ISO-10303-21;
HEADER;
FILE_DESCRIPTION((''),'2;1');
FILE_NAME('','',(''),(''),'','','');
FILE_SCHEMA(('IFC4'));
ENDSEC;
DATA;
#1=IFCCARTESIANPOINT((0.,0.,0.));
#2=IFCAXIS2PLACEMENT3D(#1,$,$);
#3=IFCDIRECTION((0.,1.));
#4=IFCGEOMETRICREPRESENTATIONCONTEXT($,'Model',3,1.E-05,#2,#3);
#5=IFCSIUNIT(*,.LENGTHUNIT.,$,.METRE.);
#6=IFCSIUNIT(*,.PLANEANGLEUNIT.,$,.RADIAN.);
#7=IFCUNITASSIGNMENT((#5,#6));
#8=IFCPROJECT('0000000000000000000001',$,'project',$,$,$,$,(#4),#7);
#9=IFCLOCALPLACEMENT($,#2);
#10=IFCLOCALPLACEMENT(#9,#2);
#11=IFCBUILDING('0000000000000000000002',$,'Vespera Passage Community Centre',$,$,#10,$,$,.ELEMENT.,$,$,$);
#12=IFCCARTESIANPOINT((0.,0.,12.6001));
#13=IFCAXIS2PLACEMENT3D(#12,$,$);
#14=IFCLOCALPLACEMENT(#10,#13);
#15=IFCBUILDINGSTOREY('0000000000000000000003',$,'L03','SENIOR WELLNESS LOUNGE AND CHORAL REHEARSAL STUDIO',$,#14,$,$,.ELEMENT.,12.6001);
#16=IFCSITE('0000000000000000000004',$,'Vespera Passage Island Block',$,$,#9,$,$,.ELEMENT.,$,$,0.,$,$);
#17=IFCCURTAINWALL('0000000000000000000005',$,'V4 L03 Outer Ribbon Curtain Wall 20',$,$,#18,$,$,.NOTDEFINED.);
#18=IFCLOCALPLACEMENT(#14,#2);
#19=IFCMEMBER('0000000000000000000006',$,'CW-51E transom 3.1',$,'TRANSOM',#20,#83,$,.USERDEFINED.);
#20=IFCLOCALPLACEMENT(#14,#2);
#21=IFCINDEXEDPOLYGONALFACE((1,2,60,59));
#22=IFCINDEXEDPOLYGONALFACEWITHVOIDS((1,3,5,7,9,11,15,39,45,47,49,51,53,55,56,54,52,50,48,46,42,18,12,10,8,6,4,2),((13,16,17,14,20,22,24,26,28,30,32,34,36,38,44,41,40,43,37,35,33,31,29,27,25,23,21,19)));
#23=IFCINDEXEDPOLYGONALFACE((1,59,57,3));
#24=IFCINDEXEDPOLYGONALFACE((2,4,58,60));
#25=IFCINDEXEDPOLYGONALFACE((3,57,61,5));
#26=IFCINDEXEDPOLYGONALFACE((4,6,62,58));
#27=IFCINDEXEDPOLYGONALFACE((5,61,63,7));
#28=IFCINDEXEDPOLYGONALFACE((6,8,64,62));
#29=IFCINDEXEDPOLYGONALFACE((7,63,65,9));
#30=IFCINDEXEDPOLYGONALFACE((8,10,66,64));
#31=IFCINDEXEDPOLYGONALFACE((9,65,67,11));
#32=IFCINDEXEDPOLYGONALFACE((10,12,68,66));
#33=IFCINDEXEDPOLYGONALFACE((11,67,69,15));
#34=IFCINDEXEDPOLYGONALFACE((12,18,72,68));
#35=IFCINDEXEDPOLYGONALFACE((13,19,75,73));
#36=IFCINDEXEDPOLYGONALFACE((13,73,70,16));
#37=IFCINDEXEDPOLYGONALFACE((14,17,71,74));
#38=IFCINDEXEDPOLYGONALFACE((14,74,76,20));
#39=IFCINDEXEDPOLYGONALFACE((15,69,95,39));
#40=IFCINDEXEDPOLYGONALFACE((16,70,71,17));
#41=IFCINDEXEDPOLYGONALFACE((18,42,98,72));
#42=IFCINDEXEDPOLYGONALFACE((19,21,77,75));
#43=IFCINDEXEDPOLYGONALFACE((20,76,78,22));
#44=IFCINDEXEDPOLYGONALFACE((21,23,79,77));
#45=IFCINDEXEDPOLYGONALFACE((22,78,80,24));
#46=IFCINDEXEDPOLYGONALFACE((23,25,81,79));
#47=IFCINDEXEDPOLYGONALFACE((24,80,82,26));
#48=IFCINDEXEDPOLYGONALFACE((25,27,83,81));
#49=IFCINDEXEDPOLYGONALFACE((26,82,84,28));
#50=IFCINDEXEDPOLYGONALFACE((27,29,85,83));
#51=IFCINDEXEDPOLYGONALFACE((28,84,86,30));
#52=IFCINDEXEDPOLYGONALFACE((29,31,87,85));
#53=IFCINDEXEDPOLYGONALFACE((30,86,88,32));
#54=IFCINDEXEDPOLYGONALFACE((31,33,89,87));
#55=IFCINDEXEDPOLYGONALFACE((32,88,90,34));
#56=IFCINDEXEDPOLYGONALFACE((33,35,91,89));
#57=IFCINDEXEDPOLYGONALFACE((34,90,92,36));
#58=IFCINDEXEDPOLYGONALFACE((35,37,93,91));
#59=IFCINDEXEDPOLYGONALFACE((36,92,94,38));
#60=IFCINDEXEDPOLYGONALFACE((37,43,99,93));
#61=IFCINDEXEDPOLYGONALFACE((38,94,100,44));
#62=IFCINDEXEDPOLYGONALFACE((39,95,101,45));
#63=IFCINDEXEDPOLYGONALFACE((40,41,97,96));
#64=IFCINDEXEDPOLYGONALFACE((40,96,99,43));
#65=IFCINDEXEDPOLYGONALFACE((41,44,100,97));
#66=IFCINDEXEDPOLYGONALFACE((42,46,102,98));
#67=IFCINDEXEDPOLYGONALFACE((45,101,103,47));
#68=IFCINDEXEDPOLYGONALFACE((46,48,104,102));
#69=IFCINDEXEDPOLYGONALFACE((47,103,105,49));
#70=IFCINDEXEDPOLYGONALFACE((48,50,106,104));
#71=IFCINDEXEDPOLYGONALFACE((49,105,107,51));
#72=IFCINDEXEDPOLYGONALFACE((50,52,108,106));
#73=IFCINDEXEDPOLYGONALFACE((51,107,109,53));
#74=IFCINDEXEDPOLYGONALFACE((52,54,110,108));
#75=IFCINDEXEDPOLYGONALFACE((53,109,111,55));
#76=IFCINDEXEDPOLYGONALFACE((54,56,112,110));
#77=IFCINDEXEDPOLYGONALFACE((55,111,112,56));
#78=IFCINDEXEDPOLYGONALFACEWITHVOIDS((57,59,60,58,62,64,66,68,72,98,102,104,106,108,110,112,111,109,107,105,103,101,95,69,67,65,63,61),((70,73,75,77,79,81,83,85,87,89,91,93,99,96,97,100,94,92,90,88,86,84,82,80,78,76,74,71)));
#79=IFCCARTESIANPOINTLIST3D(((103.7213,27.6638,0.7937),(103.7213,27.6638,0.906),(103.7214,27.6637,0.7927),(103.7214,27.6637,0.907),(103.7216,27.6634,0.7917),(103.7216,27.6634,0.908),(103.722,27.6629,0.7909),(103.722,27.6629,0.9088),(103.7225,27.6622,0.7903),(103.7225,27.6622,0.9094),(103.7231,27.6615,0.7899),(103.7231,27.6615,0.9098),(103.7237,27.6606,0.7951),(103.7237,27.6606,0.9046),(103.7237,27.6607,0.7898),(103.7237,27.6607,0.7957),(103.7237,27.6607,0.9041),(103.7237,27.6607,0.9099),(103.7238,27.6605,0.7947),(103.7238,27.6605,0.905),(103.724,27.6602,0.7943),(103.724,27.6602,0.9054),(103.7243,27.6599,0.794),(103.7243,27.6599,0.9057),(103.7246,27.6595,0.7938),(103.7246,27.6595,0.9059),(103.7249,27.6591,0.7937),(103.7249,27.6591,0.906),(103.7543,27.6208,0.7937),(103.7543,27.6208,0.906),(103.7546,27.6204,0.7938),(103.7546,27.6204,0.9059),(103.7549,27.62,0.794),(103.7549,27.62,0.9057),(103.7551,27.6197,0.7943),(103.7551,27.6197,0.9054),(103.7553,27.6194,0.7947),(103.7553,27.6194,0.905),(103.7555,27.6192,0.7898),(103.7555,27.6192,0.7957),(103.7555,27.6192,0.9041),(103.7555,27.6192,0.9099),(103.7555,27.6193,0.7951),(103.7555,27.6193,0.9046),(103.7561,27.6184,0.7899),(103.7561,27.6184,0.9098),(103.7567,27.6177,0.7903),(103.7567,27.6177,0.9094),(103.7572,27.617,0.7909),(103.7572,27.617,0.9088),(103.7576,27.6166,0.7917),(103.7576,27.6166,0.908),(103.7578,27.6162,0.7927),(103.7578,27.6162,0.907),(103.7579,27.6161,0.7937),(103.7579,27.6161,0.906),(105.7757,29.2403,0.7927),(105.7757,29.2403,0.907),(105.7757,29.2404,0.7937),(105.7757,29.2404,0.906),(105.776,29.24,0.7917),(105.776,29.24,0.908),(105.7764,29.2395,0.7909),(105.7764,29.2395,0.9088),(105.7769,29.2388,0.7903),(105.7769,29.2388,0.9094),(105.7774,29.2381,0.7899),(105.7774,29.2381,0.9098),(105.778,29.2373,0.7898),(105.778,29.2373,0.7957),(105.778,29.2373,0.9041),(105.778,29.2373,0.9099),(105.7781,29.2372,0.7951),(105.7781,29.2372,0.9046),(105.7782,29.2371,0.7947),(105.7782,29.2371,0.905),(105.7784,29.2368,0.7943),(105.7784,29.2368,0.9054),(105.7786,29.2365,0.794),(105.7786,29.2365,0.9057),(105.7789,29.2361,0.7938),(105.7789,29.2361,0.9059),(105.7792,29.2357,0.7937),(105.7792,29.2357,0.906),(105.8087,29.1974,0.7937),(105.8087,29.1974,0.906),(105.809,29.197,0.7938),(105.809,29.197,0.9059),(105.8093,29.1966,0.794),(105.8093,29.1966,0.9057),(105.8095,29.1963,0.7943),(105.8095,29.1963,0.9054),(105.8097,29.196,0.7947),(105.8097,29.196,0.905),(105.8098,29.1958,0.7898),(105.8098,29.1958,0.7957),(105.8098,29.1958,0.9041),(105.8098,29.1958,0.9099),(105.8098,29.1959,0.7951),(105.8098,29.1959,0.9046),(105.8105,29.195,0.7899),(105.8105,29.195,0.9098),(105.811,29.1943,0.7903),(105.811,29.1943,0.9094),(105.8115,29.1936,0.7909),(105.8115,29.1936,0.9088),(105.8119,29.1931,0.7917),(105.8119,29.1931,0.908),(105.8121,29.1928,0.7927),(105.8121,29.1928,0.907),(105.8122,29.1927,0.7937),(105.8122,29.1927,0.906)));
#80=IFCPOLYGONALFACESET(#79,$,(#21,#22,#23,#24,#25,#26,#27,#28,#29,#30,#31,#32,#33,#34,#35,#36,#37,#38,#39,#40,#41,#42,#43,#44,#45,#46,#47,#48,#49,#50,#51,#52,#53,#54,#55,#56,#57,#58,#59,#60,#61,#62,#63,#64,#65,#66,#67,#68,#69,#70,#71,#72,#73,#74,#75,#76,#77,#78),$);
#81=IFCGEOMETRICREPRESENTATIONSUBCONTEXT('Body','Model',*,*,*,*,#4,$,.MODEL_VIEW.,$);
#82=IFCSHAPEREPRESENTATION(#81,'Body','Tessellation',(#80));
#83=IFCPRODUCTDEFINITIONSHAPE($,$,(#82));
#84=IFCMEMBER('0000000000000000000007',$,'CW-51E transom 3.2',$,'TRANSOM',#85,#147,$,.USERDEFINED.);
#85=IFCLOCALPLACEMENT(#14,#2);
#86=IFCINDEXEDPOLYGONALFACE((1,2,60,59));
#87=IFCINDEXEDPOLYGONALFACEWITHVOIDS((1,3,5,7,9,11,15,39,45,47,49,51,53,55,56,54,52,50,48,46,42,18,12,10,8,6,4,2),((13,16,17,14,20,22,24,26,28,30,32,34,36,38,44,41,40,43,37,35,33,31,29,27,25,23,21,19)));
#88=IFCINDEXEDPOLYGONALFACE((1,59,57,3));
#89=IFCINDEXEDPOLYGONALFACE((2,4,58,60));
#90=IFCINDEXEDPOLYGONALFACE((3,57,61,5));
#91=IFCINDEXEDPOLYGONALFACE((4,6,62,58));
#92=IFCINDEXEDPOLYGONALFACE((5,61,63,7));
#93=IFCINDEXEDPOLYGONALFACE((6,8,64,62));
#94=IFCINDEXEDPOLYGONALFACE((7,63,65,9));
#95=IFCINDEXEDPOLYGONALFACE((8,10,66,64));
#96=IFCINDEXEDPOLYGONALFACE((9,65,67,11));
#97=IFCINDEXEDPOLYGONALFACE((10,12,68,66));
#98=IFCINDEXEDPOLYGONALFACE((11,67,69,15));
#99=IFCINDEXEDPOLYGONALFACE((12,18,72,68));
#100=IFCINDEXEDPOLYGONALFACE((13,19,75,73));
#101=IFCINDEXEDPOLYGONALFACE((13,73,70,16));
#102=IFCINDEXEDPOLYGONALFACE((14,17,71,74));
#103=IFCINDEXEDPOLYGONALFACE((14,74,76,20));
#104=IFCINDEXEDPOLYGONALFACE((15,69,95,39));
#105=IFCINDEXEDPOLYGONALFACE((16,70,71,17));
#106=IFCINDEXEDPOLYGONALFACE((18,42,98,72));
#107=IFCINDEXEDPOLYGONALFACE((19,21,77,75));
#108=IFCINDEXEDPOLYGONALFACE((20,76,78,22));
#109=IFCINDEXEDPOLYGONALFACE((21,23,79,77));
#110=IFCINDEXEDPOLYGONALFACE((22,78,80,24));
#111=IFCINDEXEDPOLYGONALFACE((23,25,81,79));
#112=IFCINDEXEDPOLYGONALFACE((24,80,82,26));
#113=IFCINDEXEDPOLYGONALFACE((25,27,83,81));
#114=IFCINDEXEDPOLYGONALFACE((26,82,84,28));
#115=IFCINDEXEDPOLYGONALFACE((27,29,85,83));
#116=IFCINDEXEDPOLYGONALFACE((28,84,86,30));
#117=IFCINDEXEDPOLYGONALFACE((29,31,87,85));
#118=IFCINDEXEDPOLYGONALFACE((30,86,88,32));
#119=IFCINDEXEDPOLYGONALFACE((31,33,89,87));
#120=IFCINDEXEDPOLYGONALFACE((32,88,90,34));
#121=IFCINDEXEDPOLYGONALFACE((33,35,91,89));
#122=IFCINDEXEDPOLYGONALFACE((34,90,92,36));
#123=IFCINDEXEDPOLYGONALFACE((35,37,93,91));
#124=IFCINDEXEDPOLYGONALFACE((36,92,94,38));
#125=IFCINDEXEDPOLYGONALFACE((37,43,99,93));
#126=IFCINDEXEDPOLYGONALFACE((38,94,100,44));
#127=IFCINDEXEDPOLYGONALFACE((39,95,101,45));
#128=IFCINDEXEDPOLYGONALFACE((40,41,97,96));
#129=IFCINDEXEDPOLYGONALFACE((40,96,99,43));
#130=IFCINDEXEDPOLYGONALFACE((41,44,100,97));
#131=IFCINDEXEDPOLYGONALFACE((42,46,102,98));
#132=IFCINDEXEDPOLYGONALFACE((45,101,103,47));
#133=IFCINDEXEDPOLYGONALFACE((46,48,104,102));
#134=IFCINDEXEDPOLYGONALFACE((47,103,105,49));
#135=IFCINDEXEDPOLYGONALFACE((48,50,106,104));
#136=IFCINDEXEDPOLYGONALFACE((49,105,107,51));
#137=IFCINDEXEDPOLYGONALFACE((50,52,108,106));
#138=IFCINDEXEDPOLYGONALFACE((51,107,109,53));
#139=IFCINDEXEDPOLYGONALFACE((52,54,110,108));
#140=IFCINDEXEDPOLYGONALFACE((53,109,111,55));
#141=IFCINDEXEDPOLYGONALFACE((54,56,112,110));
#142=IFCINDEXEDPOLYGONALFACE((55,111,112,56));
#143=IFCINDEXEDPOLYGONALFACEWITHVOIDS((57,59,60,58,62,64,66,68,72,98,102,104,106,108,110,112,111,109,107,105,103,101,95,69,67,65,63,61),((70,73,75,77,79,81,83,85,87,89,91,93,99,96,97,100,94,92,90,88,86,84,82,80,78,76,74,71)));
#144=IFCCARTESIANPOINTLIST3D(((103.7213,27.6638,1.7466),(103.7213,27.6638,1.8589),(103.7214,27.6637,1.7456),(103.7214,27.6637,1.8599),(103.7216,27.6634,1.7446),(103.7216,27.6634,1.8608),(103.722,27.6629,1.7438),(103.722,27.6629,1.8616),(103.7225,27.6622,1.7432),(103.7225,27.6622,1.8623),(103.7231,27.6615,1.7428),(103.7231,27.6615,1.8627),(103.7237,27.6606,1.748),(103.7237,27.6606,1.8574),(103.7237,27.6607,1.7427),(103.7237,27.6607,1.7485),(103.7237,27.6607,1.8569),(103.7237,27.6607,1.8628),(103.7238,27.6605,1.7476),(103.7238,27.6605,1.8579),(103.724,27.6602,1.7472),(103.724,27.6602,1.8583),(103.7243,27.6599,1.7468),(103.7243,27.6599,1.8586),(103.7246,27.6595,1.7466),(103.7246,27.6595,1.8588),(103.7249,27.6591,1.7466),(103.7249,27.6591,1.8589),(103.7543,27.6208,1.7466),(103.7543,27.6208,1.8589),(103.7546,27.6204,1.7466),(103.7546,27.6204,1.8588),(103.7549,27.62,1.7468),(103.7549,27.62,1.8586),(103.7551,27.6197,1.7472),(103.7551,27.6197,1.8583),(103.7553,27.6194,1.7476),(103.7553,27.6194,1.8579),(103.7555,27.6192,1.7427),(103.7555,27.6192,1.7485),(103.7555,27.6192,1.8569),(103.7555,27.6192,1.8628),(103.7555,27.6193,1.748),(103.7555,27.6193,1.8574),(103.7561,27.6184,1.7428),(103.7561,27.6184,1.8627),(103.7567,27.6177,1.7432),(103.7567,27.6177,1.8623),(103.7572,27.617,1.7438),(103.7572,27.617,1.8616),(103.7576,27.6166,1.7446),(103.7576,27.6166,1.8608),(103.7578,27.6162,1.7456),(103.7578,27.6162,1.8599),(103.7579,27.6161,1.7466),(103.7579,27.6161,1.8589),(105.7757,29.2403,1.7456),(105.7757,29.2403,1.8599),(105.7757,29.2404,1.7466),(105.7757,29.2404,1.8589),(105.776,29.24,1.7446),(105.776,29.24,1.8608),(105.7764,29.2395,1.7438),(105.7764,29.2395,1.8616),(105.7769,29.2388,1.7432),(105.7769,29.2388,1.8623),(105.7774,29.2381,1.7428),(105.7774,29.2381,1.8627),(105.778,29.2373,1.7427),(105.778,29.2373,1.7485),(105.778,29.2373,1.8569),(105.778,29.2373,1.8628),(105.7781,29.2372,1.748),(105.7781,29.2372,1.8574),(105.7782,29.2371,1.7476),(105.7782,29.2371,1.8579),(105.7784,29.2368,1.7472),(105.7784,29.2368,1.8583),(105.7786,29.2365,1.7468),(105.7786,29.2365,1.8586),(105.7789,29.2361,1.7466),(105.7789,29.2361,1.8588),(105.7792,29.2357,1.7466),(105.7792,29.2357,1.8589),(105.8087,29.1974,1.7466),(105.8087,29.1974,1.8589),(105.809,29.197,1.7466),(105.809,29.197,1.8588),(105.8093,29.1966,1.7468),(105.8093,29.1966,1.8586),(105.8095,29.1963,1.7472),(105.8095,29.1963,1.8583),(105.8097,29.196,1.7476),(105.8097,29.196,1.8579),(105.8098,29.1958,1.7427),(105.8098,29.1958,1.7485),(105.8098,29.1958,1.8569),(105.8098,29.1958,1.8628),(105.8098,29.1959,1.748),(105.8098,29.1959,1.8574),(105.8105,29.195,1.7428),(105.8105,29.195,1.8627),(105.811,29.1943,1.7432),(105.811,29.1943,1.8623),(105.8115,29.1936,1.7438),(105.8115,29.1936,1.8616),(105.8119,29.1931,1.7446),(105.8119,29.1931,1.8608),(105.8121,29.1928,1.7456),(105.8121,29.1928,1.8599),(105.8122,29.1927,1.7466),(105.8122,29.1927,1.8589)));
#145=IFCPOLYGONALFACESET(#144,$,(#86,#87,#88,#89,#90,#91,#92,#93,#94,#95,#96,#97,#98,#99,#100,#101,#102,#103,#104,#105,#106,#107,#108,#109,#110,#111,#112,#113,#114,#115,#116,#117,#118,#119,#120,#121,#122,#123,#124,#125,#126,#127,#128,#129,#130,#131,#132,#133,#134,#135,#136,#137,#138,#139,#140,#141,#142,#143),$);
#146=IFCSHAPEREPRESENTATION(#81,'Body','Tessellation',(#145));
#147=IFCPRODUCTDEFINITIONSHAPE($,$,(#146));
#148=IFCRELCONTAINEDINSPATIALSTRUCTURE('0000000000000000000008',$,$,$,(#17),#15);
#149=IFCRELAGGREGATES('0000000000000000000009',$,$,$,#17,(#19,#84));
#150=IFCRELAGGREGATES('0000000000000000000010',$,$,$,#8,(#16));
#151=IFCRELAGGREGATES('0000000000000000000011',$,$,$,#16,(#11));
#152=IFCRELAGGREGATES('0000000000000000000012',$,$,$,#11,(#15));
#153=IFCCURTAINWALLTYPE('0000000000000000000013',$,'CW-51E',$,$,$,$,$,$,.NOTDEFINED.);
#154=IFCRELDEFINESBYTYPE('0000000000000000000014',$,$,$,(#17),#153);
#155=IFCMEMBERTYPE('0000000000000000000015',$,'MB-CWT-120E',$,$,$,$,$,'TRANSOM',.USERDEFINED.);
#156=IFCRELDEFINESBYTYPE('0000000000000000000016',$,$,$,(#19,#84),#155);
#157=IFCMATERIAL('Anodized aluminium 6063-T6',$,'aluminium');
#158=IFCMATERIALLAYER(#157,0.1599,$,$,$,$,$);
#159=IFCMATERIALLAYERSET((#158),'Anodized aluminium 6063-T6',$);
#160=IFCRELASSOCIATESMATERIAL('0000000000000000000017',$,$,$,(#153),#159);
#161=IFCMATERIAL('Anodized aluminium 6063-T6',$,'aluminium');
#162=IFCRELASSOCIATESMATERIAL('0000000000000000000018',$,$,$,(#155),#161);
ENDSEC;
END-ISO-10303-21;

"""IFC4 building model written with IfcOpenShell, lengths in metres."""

from ifc_helpers import new_model, si_unit, direction, frame, origin, origin_2d, place, context, subcontext, project, spatial, hollow_rectangle, extrude, material, layer, layer_set, material_profile, profile_set, type_object, element, aggregate, save


model = new_model("IFC4")

# Units and contexts
model_context = context("Model", 3, precision=1e-05, world=origin(), true_north=direction((0.0, 1.0)))
body_context = subcontext(model_context, "Body", "Model", "MODEL_VIEW")
ifc_project = project(units=[si_unit("LENGTHUNIT", "METRE"), si_unit("PLANEANGLEUNIT", "RADIAN")], contexts=[model_context])

# Site, building, storey
site_placement = place(None, origin())
site = spatial("IfcSite", under=ifc_project, at=site_placement, Name="Vespera Passage Island Block", CompositionType="ELEMENT", RefElevation=0.0)
building_placement = place(site_placement, origin())
building = spatial("IfcBuilding", under=site, at=building_placement, Name="Vespera Passage Community Centre", CompositionType="ELEMENT")
storey_placement = place(building_placement, frame((0.0, 0.0, 12.6001)))
storey = spatial("IfcBuildingStorey", under=building, at=storey_placement, Name="L03", Description="SENIOR WELLNESS LOUNGE AND CHORAL REHEARSAL STUDIO", CompositionType="ELEMENT", Elevation=12.6001)

# Curtain wall, members
ifc_material_1 = material(Name="Anodized aluminium 6063-T6", Category="aluminium")
ifc_layer_1 = layer(ifc_material_1, 0.1599)
ifc_layer_set_1 = layer_set([ifc_layer_1], Name="Anodized aluminium 6063-T6")
curtain_wall_type = type_object("IfcCurtainWallType", Name="CW-51E", PredefinedType="NOTDEFINED", material=ifc_layer_set_1)
curtain_wall_placement = place(storey_placement, origin())
curtain_wall = element("IfcCurtainWall", 1, at=curtain_wall_placement, inside=storey, type_object=curtain_wall_type, Name="V4 L03 Outer Ribbon Curtain Wall 20", PredefinedType="NOTDEFINED")
ifc_material_2 = material(Name="Anodized aluminium 6063-T6", Category="aluminium")
ifc_material_profile_1 = material_profile(ifc_material_2, hollow_rectangle(XDim=0.0601, YDim=0.1201, WallThickness=0.0039, InnerFilletRadius=0.002, OuterFilletRadius=0.0039, at=origin_2d()), Name="ALU120X60X4")
ifc_profile_set_1 = profile_set([ifc_material_profile_1], Name="Anodized aluminium 6063-T6")
member_type_1 = type_object("IfcMemberType", Name="MB-CWT-120E", ElementType="TRANSOM", PredefinedType="USERDEFINED", material=ifc_profile_set_1)
member_1_placement = place(storey_placement, frame((105.7939, 29.2166, 0.8499), z_axis=(-0.79331, -0.608817, 0.0), x_axis=(0.608817, -0.79331, 0.0)))
member_1 = element("IfcMember", 2, at=member_1_placement, type_object=member_type_1, Name="CW-51E transom 3.1", ObjectType="TRANSOM", PredefinedType="USERDEFINED", context=body_context, shape_type="SweptSolid", body=[
    extrude(hollow_rectangle(XDim=0.0601, YDim=0.1201, WallThickness=0.0039, InnerFilletRadius=0.002, OuterFilletRadius=0.0039, at=origin_2d()), origin(), (0.0, 0.0, 1.0), 2.5896),
])
member_2_placement = place(storey_placement, frame((105.7939, 29.2166, 1.8027), z_axis=(-0.79331, -0.608817, 0.0), x_axis=(0.608817, -0.79331, 0.0)))
member_2 = element("IfcMember", 3, at=member_2_placement, type_object=member_type_1, Name="CW-51E transom 3.2", ObjectType="TRANSOM", PredefinedType="USERDEFINED", context=body_context, shape_type="SweptSolid", body=[
    extrude(hollow_rectangle(XDim=0.0601, YDim=0.1201, WallThickness=0.0039, InnerFilletRadius=0.002, OuterFilletRadius=0.0039, at=origin_2d()), origin(), (0.0, 0.0, 1.0), 2.5896),
])
aggregate(curtain_wall, [member_1, member_2])

save(model, "model.ifc")
